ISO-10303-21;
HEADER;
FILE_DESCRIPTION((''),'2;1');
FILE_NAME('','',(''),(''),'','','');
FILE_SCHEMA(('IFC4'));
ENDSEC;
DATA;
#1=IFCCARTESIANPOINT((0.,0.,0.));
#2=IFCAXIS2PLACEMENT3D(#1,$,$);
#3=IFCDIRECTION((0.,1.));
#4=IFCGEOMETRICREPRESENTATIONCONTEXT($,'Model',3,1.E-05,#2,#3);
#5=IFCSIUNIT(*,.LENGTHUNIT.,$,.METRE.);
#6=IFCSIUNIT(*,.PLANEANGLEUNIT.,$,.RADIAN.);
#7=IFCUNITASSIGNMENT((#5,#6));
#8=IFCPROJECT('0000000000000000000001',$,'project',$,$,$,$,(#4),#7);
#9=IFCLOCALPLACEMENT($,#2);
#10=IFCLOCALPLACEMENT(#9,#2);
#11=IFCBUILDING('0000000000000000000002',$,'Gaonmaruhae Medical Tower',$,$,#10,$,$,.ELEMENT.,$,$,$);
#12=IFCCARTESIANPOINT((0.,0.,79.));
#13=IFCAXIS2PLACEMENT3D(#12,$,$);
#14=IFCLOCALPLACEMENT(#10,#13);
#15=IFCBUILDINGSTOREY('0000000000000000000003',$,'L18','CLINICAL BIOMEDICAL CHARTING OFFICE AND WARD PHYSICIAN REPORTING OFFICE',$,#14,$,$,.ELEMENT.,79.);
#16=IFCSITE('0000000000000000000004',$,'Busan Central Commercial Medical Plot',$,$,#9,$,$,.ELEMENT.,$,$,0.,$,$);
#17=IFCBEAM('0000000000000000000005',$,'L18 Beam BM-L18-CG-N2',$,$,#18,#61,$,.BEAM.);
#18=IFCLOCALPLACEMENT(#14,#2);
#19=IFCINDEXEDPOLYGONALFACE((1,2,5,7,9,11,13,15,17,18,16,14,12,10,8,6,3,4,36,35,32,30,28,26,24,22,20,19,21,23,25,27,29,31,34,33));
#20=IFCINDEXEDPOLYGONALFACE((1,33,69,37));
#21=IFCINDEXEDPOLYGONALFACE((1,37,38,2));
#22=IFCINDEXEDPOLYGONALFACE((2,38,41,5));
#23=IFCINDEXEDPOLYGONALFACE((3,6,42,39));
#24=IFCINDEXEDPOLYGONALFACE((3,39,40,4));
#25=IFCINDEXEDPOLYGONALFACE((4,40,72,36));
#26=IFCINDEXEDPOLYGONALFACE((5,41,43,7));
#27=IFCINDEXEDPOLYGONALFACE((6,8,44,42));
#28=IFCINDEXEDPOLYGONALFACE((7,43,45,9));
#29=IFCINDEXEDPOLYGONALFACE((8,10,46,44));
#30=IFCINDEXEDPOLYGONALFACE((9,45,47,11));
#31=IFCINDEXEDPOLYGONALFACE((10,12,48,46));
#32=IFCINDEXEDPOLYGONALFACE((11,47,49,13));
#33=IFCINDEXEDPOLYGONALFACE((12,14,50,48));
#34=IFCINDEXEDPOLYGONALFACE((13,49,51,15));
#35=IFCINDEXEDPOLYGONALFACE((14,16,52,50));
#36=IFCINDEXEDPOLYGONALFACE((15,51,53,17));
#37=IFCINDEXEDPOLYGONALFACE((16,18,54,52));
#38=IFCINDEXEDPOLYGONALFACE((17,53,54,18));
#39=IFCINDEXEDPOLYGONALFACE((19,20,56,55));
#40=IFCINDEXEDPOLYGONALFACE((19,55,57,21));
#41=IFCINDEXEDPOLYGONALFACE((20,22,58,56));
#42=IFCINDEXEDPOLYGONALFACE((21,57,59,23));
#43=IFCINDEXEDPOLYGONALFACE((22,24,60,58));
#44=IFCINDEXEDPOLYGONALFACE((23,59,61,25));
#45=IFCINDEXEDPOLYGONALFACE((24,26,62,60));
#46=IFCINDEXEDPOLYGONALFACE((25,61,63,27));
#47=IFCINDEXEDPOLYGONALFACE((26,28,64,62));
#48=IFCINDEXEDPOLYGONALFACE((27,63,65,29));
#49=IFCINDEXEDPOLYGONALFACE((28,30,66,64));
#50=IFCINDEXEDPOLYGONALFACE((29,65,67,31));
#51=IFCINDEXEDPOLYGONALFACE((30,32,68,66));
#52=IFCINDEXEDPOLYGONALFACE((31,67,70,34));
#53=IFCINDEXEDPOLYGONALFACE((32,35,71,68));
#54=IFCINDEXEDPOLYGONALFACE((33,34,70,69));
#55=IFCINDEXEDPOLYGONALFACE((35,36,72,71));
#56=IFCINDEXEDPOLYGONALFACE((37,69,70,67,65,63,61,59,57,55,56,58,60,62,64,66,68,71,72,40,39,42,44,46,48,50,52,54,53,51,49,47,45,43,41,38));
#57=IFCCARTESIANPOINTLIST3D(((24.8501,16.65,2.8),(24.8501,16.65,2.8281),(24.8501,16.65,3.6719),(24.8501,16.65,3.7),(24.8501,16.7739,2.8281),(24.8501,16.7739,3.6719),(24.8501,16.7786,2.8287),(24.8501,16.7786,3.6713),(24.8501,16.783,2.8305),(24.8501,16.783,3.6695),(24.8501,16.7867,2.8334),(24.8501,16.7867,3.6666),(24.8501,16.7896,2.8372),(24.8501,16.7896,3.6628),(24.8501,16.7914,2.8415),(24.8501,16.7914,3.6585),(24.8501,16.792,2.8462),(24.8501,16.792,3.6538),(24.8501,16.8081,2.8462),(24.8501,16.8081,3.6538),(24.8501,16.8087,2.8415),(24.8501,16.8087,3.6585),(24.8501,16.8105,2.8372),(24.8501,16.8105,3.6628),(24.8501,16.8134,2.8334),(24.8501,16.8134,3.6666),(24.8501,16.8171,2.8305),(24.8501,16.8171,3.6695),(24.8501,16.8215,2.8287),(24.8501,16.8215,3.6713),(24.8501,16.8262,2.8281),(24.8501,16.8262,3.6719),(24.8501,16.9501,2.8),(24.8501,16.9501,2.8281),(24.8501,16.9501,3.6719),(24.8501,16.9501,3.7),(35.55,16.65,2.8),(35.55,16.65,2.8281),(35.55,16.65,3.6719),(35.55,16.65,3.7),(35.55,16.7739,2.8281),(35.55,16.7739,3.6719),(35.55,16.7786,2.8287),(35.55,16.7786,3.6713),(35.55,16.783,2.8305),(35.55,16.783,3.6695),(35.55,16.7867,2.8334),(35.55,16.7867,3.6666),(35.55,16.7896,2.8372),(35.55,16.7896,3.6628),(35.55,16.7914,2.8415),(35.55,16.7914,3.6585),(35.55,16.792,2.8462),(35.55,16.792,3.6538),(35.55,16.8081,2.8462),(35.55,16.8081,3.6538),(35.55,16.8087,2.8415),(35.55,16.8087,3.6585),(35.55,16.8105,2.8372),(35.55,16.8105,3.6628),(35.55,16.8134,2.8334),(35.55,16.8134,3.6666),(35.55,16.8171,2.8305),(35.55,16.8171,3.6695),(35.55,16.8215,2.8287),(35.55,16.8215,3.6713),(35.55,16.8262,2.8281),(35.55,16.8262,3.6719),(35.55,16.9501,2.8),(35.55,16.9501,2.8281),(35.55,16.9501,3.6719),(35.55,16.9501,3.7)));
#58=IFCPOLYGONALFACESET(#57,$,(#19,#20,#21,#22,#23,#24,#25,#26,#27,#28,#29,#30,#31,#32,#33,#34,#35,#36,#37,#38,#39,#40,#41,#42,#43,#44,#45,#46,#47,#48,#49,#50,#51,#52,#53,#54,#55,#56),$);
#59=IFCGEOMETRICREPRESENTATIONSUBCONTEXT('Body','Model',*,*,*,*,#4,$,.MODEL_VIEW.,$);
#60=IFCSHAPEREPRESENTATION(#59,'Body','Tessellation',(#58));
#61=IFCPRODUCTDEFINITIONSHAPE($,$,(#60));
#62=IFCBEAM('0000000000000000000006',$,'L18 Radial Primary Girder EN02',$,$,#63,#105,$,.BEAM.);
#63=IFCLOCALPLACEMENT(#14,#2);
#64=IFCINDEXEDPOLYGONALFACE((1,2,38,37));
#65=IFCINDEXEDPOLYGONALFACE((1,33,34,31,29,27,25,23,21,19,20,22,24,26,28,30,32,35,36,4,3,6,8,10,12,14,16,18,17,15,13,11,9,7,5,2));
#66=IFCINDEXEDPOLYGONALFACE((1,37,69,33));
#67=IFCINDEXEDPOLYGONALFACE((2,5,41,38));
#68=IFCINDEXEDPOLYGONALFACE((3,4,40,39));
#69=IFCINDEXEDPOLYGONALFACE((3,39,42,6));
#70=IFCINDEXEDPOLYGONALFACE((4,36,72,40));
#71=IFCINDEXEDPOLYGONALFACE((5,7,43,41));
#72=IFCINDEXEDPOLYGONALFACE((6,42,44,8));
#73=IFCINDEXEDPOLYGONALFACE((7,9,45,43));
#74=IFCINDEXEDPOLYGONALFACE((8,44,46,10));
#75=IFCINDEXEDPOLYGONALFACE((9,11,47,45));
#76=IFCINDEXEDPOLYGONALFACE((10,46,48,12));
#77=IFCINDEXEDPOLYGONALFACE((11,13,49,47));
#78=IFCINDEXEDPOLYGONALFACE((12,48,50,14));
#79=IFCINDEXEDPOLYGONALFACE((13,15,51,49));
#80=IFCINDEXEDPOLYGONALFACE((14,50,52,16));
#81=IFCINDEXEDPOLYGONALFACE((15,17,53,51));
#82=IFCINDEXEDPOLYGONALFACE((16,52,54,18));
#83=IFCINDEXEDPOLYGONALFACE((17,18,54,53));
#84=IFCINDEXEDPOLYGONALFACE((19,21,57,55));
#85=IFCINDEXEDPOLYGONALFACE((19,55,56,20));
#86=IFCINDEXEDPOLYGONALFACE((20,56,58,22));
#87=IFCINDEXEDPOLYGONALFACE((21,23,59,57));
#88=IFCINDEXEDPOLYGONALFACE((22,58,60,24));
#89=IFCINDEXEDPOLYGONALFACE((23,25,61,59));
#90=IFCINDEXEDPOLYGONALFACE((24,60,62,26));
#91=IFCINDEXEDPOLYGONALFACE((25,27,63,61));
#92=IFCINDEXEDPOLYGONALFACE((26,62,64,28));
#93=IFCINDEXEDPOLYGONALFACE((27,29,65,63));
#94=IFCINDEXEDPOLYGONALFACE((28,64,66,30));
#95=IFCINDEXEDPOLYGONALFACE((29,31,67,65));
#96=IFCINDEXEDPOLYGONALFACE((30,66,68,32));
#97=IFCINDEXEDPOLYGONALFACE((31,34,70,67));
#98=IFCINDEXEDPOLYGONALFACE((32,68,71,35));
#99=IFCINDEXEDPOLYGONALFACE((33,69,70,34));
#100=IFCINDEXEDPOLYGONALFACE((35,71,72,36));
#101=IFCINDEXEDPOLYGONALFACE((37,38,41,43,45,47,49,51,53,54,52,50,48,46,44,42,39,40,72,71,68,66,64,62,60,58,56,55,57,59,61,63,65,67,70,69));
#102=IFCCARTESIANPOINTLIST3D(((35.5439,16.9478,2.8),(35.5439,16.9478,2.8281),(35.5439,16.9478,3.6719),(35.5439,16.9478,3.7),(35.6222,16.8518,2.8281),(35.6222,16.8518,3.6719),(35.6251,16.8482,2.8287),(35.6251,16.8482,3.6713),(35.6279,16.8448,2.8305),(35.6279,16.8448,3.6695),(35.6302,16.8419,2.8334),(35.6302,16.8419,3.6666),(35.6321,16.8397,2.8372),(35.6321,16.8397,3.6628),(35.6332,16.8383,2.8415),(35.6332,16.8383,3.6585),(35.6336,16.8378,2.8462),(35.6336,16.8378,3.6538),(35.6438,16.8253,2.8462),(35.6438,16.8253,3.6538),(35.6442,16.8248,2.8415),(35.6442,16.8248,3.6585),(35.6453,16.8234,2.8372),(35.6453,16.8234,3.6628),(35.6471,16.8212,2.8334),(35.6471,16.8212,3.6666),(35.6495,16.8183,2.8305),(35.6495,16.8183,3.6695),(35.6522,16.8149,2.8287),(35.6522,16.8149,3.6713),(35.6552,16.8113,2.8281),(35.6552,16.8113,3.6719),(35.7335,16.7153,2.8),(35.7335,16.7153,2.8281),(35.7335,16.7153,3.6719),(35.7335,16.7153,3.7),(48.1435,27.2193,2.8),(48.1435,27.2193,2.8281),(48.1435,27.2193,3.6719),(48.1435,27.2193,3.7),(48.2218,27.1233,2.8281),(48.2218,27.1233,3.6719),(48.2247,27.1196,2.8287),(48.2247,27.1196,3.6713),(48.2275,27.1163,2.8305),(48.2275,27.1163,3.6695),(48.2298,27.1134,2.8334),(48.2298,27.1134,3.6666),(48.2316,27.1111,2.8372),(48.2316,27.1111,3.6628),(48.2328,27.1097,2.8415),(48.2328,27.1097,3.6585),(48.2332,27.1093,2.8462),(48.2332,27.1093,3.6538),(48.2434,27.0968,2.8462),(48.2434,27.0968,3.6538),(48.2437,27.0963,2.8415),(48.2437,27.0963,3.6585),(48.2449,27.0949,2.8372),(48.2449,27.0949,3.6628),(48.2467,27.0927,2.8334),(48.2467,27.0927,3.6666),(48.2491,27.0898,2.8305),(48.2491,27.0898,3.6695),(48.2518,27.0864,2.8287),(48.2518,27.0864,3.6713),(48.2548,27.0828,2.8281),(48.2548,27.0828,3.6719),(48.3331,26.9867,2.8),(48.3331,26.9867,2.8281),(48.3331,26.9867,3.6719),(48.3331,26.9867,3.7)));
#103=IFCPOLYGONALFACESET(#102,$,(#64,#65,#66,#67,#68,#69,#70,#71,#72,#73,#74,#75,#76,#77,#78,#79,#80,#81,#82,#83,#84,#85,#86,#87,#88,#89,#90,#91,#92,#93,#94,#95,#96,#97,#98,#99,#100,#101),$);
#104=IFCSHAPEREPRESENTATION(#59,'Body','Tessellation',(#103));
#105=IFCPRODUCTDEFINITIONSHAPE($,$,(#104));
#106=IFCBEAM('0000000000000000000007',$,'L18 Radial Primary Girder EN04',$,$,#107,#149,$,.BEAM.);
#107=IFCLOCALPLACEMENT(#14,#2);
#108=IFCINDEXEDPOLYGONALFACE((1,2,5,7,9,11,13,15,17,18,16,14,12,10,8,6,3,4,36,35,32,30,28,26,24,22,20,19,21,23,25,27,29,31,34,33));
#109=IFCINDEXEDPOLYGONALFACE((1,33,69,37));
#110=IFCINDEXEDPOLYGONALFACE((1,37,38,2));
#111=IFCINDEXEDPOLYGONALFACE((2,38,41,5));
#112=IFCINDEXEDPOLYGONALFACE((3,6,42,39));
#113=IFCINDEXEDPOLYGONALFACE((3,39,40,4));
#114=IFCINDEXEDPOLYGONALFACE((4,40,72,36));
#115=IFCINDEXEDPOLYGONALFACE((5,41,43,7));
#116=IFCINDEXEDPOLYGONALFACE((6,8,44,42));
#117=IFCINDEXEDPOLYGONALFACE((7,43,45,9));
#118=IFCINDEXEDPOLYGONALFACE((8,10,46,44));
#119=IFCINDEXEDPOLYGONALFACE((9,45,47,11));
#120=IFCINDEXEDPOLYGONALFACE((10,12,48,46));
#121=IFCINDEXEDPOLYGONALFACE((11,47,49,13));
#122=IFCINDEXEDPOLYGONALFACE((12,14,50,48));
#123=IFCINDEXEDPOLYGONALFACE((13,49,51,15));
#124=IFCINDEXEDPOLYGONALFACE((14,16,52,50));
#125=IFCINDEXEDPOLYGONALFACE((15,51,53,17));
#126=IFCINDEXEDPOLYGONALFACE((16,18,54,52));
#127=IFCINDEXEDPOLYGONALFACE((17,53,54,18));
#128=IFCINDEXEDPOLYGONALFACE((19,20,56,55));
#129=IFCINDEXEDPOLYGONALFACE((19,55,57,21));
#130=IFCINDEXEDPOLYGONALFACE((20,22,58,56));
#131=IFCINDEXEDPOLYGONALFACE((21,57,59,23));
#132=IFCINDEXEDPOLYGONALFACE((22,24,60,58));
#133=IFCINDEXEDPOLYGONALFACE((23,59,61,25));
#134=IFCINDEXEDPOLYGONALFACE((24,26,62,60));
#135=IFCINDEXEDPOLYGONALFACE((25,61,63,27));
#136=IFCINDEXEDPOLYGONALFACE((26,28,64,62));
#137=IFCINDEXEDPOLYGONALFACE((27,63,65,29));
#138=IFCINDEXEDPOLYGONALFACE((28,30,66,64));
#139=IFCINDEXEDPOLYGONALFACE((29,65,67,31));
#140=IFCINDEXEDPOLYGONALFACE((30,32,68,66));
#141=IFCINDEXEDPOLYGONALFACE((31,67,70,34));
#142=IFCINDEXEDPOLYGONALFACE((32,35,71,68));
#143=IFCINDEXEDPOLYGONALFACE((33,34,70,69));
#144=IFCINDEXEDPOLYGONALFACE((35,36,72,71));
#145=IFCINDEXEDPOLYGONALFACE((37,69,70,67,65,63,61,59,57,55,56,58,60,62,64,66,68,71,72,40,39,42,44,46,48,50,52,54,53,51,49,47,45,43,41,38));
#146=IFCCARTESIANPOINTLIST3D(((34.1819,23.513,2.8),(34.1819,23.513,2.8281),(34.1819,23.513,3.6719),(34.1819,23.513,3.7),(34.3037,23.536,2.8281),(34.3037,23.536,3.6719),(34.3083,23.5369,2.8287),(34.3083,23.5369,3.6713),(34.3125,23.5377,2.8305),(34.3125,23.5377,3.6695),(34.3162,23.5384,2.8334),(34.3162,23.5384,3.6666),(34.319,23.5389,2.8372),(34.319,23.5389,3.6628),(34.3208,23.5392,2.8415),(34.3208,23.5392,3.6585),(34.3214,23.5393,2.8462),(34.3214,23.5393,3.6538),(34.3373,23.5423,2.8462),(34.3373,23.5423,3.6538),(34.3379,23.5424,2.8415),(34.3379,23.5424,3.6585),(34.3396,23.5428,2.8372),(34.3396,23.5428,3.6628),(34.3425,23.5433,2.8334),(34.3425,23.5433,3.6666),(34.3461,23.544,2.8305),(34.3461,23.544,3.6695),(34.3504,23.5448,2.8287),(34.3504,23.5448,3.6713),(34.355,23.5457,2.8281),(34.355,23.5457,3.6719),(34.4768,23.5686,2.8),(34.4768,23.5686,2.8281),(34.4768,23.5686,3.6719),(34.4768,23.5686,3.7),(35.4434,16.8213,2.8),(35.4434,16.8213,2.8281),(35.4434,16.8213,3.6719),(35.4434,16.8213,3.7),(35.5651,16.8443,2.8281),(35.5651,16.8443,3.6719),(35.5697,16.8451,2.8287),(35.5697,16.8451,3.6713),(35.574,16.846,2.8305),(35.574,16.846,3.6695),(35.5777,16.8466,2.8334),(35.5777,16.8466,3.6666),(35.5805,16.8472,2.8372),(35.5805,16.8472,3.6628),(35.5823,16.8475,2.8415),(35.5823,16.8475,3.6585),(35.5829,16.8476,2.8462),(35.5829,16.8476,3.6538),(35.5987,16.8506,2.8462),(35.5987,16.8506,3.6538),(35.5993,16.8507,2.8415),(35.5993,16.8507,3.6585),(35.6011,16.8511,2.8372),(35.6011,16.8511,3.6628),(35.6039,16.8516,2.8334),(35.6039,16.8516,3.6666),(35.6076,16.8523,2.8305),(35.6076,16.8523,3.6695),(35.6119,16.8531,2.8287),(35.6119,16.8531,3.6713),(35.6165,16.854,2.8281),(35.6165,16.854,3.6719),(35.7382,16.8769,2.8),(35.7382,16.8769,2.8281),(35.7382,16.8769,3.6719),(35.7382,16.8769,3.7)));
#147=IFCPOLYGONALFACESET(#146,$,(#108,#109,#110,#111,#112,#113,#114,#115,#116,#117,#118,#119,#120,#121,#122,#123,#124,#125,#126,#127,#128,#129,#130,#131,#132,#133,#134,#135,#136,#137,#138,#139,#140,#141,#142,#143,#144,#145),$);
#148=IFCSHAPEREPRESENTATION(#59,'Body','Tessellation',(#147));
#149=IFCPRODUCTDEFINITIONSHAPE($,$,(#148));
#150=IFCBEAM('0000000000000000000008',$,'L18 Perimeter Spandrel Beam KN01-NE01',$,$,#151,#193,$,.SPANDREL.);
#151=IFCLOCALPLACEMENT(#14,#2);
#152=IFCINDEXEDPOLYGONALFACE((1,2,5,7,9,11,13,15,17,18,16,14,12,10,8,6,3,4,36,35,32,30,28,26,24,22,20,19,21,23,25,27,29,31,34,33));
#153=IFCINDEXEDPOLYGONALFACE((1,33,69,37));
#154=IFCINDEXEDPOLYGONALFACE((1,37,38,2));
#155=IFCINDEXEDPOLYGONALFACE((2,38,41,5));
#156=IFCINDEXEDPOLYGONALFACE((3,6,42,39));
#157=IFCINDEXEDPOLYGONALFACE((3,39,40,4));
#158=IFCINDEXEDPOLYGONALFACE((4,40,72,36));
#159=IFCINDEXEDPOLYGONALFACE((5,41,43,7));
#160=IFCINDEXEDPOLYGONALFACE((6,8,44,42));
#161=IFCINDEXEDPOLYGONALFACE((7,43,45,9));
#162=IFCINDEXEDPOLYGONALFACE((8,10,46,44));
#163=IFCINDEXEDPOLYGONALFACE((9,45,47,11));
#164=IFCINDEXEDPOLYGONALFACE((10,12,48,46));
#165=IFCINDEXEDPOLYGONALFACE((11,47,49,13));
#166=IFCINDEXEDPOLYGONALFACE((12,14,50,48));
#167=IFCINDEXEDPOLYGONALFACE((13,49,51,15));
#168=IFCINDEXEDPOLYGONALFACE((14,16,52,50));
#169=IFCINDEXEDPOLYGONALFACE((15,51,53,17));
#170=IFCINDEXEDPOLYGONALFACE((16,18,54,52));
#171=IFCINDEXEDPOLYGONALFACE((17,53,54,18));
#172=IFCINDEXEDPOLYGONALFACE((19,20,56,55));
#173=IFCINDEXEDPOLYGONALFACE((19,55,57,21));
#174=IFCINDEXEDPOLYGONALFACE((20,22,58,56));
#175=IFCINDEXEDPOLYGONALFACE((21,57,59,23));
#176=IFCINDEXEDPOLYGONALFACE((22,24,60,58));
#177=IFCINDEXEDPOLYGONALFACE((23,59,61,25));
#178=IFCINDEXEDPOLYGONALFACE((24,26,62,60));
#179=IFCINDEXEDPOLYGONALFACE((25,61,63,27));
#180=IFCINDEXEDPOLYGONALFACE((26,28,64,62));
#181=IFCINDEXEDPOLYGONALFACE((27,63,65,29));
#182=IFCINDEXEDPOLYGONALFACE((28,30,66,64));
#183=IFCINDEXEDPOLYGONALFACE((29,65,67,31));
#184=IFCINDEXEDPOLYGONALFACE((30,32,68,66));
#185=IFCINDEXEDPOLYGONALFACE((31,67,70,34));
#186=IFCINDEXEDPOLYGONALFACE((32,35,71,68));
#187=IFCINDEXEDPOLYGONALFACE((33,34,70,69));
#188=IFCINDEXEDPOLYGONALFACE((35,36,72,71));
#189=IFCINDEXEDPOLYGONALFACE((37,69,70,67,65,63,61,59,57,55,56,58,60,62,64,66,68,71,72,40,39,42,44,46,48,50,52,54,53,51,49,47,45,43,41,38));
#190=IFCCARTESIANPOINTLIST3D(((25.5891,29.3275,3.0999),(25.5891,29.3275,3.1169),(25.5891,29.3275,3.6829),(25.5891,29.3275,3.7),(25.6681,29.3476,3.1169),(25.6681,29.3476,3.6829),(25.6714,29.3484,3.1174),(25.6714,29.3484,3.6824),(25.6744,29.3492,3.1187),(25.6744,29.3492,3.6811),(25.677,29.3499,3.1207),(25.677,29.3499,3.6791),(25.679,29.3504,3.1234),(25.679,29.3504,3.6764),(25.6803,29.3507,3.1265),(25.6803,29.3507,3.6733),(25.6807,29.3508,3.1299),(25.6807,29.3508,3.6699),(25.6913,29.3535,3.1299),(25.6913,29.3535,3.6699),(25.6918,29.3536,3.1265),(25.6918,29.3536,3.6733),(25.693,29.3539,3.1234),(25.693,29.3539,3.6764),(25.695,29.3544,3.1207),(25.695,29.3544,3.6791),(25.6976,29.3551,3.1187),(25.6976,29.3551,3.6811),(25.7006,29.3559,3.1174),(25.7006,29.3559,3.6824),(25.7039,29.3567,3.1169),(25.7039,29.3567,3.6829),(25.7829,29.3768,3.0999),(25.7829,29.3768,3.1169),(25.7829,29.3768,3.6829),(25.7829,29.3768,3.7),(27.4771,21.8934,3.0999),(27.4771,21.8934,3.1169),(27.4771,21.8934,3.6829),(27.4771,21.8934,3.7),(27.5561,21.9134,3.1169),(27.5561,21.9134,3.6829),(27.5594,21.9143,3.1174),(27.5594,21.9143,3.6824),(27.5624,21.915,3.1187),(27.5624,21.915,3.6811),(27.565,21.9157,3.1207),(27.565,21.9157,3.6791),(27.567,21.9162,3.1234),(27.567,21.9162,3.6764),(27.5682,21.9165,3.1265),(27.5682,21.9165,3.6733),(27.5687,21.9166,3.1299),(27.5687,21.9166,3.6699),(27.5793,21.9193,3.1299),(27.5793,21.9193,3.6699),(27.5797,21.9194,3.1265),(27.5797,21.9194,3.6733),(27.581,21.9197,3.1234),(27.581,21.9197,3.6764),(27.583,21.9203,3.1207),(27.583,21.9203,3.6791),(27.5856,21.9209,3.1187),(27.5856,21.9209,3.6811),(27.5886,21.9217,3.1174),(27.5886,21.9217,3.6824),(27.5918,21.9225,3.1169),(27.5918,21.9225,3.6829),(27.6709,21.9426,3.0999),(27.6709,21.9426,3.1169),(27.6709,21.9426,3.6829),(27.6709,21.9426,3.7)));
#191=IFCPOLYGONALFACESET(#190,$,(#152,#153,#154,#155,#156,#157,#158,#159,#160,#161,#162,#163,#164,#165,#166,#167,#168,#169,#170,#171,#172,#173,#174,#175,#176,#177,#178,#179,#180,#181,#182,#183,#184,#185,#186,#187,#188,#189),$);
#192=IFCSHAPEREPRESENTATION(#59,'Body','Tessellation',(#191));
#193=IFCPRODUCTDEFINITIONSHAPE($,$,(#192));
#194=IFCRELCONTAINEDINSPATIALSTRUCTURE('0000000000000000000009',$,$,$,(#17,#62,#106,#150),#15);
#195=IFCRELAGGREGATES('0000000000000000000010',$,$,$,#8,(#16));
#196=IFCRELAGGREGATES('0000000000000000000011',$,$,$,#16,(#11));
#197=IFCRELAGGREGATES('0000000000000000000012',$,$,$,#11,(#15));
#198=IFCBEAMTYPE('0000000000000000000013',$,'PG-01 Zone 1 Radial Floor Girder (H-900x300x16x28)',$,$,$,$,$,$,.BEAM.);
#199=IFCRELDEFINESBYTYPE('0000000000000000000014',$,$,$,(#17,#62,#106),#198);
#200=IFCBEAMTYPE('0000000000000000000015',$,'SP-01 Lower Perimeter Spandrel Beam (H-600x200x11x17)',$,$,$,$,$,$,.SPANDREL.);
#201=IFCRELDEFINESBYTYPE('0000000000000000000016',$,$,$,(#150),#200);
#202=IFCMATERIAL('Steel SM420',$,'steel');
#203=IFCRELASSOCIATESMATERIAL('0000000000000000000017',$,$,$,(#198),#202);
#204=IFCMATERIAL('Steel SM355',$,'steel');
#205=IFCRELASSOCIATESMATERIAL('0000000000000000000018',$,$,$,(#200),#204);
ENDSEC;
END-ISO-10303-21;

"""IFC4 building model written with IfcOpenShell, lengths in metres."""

from ifc_helpers import new_model, si_unit, direction, frame, origin, origin_2d, place, context, subcontext, project, spatial, i_section, extrude, material, material_profile, profile_set, type_object, element, save


model = new_model("IFC4")

# Units and contexts
model_context = context("Model", 3, precision=1e-05, world=origin(), true_north=direction((0.0, 1.0)))
body_context = subcontext(model_context, "Body", "Model", "MODEL_VIEW")
ifc_project = project(units=[si_unit("LENGTHUNIT", "METRE"), si_unit("PLANEANGLEUNIT", "RADIAN")], contexts=[model_context])

# Site, building, storey
site_placement = place(None, origin())
site = spatial("IfcSite", under=ifc_project, at=site_placement, Name="Busan Central Commercial Medical Plot", CompositionType="ELEMENT", RefElevation=0.0)
building_placement = place(site_placement, origin())
building = spatial("IfcBuilding", under=site, at=building_placement, Name="Gaonmaruhae Medical Tower", CompositionType="ELEMENT")
storey_placement = place(building_placement, frame((0.0, 0.0, 79.0)))
storey = spatial("IfcBuildingStorey", under=building, at=storey_placement, Name="L18", Description="CLINICAL BIOMEDICAL CHARTING OFFICE AND WARD PHYSICIAN REPORTING OFFICE", CompositionType="ELEMENT", Elevation=79.0)

# Beams
ifc_material_1 = material(Name="Steel SM355", Category="steel")
ifc_material_2 = material(Name="Steel SM420", Category="steel")
ifc_material_profile_1 = material_profile(ifc_material_2, i_section(OverallWidth=0.3, OverallDepth=0.8999, WebThickness=0.0161, FlangeThickness=0.0281, FilletRadius=0.0181, at=origin_2d()), Name="H-900x300x16x28")
ifc_profile_set_1 = profile_set([ifc_material_profile_1], Name="Steel SM420")
beam_type_1 = type_object("IfcBeamType", Name="PG-01 Zone 1 Radial Floor Girder (H-900x300x16x28)", PredefinedType="BEAM", material=ifc_profile_set_1)
beam_1_placement = place(storey_placement, frame((24.8501, 16.8, 3.25), z_axis=(1.0, 0.0, 0.0), x_axis=(0.0, 1.0, 0.0)))
element("IfcBeam", 1, at=beam_1_placement, inside=storey, type_object=beam_type_1, Name="L18 Beam BM-L18-CG-N2", PredefinedType="BEAM", context=body_context, shape_type="SweptSolid", body=[
    extrude(i_section(OverallWidth=0.3, OverallDepth=0.8999, WebThickness=0.0161, FlangeThickness=0.0281, FilletRadius=0.0181, at=origin_2d()), origin(), (0.0, 0.0, 1.0), 10.7),
])
beam_2_placement = place(storey_placement, frame((35.6387, 16.8315, 3.25), z_axis=(0.77508, 0.631863, 0.0), x_axis=(-0.631863, 0.77508, 0.0)))
element("IfcBeam", 2, at=beam_2_placement, inside=storey, type_object=beam_type_1, Name="L18 Radial Primary Girder EN02", PredefinedType="BEAM", context=body_context, shape_type="SweptSolid", body=[
    extrude(i_section(OverallWidth=0.3, OverallDepth=0.8999, WebThickness=0.0161, FlangeThickness=0.0281, FilletRadius=0.0181, at=origin_2d()), origin(), (0.0, 0.0, 1.0), 16.2559),
])
beam_3_placement = place(storey_placement, frame((35.5908, 16.8491, 3.25), z_axis=(-0.185252, 0.982691, 0.0), x_axis=(-0.982691, -0.185252, 0.0)))
element("IfcBeam", 3, at=beam_3_placement, inside=storey, type_object=beam_type_1, Name="L18 Radial Primary Girder EN04", PredefinedType="BEAM", context=body_context, shape_type="SweptSolid", body=[
    extrude(i_section(OverallWidth=0.3, OverallDepth=0.8999, WebThickness=0.0161, FlangeThickness=0.0281, FilletRadius=0.0181, at=origin_2d()), origin(), (0.0, 0.0, 1.0), 6.8096),
])
ifc_material_profile_2 = material_profile(ifc_material_1, i_section(OverallWidth=0.2, OverallDepth=0.6001, WebThickness=0.011, FlangeThickness=0.0171, FilletRadius=0.0129, at=origin_2d()), Name="H-600x200x11x17")
ifc_profile_set_2 = profile_set([ifc_material_profile_2], Name="Steel SM355")
beam_type_2 = type_object("IfcBeamType", Name="SP-01 Lower Perimeter Spandrel Beam (H-600x200x11x17)", PredefinedType="SPANDREL", material=ifc_profile_set_2)
beam_4_placement = place(storey_placement, frame((27.574, 21.918, 3.3999), z_axis=(-0.246144, 0.969233, 0.0), x_axis=(-0.969233, -0.246144, 0.0)))
element("IfcBeam", 4, at=beam_4_placement, inside=storey, type_object=beam_type_2, Name="L18 Perimeter Spandrel Beam KN01-NE01", PredefinedType="SPANDREL", context=body_context, shape_type="SweptSolid", body=[
    extrude(i_section(OverallWidth=0.2, OverallDepth=0.6001, WebThickness=0.011, FlangeThickness=0.0171, FilletRadius=0.0129, at=origin_2d()), origin(), (0.0, 0.0, 1.0), 7.6702),
])

save(model, "model.ifc")
